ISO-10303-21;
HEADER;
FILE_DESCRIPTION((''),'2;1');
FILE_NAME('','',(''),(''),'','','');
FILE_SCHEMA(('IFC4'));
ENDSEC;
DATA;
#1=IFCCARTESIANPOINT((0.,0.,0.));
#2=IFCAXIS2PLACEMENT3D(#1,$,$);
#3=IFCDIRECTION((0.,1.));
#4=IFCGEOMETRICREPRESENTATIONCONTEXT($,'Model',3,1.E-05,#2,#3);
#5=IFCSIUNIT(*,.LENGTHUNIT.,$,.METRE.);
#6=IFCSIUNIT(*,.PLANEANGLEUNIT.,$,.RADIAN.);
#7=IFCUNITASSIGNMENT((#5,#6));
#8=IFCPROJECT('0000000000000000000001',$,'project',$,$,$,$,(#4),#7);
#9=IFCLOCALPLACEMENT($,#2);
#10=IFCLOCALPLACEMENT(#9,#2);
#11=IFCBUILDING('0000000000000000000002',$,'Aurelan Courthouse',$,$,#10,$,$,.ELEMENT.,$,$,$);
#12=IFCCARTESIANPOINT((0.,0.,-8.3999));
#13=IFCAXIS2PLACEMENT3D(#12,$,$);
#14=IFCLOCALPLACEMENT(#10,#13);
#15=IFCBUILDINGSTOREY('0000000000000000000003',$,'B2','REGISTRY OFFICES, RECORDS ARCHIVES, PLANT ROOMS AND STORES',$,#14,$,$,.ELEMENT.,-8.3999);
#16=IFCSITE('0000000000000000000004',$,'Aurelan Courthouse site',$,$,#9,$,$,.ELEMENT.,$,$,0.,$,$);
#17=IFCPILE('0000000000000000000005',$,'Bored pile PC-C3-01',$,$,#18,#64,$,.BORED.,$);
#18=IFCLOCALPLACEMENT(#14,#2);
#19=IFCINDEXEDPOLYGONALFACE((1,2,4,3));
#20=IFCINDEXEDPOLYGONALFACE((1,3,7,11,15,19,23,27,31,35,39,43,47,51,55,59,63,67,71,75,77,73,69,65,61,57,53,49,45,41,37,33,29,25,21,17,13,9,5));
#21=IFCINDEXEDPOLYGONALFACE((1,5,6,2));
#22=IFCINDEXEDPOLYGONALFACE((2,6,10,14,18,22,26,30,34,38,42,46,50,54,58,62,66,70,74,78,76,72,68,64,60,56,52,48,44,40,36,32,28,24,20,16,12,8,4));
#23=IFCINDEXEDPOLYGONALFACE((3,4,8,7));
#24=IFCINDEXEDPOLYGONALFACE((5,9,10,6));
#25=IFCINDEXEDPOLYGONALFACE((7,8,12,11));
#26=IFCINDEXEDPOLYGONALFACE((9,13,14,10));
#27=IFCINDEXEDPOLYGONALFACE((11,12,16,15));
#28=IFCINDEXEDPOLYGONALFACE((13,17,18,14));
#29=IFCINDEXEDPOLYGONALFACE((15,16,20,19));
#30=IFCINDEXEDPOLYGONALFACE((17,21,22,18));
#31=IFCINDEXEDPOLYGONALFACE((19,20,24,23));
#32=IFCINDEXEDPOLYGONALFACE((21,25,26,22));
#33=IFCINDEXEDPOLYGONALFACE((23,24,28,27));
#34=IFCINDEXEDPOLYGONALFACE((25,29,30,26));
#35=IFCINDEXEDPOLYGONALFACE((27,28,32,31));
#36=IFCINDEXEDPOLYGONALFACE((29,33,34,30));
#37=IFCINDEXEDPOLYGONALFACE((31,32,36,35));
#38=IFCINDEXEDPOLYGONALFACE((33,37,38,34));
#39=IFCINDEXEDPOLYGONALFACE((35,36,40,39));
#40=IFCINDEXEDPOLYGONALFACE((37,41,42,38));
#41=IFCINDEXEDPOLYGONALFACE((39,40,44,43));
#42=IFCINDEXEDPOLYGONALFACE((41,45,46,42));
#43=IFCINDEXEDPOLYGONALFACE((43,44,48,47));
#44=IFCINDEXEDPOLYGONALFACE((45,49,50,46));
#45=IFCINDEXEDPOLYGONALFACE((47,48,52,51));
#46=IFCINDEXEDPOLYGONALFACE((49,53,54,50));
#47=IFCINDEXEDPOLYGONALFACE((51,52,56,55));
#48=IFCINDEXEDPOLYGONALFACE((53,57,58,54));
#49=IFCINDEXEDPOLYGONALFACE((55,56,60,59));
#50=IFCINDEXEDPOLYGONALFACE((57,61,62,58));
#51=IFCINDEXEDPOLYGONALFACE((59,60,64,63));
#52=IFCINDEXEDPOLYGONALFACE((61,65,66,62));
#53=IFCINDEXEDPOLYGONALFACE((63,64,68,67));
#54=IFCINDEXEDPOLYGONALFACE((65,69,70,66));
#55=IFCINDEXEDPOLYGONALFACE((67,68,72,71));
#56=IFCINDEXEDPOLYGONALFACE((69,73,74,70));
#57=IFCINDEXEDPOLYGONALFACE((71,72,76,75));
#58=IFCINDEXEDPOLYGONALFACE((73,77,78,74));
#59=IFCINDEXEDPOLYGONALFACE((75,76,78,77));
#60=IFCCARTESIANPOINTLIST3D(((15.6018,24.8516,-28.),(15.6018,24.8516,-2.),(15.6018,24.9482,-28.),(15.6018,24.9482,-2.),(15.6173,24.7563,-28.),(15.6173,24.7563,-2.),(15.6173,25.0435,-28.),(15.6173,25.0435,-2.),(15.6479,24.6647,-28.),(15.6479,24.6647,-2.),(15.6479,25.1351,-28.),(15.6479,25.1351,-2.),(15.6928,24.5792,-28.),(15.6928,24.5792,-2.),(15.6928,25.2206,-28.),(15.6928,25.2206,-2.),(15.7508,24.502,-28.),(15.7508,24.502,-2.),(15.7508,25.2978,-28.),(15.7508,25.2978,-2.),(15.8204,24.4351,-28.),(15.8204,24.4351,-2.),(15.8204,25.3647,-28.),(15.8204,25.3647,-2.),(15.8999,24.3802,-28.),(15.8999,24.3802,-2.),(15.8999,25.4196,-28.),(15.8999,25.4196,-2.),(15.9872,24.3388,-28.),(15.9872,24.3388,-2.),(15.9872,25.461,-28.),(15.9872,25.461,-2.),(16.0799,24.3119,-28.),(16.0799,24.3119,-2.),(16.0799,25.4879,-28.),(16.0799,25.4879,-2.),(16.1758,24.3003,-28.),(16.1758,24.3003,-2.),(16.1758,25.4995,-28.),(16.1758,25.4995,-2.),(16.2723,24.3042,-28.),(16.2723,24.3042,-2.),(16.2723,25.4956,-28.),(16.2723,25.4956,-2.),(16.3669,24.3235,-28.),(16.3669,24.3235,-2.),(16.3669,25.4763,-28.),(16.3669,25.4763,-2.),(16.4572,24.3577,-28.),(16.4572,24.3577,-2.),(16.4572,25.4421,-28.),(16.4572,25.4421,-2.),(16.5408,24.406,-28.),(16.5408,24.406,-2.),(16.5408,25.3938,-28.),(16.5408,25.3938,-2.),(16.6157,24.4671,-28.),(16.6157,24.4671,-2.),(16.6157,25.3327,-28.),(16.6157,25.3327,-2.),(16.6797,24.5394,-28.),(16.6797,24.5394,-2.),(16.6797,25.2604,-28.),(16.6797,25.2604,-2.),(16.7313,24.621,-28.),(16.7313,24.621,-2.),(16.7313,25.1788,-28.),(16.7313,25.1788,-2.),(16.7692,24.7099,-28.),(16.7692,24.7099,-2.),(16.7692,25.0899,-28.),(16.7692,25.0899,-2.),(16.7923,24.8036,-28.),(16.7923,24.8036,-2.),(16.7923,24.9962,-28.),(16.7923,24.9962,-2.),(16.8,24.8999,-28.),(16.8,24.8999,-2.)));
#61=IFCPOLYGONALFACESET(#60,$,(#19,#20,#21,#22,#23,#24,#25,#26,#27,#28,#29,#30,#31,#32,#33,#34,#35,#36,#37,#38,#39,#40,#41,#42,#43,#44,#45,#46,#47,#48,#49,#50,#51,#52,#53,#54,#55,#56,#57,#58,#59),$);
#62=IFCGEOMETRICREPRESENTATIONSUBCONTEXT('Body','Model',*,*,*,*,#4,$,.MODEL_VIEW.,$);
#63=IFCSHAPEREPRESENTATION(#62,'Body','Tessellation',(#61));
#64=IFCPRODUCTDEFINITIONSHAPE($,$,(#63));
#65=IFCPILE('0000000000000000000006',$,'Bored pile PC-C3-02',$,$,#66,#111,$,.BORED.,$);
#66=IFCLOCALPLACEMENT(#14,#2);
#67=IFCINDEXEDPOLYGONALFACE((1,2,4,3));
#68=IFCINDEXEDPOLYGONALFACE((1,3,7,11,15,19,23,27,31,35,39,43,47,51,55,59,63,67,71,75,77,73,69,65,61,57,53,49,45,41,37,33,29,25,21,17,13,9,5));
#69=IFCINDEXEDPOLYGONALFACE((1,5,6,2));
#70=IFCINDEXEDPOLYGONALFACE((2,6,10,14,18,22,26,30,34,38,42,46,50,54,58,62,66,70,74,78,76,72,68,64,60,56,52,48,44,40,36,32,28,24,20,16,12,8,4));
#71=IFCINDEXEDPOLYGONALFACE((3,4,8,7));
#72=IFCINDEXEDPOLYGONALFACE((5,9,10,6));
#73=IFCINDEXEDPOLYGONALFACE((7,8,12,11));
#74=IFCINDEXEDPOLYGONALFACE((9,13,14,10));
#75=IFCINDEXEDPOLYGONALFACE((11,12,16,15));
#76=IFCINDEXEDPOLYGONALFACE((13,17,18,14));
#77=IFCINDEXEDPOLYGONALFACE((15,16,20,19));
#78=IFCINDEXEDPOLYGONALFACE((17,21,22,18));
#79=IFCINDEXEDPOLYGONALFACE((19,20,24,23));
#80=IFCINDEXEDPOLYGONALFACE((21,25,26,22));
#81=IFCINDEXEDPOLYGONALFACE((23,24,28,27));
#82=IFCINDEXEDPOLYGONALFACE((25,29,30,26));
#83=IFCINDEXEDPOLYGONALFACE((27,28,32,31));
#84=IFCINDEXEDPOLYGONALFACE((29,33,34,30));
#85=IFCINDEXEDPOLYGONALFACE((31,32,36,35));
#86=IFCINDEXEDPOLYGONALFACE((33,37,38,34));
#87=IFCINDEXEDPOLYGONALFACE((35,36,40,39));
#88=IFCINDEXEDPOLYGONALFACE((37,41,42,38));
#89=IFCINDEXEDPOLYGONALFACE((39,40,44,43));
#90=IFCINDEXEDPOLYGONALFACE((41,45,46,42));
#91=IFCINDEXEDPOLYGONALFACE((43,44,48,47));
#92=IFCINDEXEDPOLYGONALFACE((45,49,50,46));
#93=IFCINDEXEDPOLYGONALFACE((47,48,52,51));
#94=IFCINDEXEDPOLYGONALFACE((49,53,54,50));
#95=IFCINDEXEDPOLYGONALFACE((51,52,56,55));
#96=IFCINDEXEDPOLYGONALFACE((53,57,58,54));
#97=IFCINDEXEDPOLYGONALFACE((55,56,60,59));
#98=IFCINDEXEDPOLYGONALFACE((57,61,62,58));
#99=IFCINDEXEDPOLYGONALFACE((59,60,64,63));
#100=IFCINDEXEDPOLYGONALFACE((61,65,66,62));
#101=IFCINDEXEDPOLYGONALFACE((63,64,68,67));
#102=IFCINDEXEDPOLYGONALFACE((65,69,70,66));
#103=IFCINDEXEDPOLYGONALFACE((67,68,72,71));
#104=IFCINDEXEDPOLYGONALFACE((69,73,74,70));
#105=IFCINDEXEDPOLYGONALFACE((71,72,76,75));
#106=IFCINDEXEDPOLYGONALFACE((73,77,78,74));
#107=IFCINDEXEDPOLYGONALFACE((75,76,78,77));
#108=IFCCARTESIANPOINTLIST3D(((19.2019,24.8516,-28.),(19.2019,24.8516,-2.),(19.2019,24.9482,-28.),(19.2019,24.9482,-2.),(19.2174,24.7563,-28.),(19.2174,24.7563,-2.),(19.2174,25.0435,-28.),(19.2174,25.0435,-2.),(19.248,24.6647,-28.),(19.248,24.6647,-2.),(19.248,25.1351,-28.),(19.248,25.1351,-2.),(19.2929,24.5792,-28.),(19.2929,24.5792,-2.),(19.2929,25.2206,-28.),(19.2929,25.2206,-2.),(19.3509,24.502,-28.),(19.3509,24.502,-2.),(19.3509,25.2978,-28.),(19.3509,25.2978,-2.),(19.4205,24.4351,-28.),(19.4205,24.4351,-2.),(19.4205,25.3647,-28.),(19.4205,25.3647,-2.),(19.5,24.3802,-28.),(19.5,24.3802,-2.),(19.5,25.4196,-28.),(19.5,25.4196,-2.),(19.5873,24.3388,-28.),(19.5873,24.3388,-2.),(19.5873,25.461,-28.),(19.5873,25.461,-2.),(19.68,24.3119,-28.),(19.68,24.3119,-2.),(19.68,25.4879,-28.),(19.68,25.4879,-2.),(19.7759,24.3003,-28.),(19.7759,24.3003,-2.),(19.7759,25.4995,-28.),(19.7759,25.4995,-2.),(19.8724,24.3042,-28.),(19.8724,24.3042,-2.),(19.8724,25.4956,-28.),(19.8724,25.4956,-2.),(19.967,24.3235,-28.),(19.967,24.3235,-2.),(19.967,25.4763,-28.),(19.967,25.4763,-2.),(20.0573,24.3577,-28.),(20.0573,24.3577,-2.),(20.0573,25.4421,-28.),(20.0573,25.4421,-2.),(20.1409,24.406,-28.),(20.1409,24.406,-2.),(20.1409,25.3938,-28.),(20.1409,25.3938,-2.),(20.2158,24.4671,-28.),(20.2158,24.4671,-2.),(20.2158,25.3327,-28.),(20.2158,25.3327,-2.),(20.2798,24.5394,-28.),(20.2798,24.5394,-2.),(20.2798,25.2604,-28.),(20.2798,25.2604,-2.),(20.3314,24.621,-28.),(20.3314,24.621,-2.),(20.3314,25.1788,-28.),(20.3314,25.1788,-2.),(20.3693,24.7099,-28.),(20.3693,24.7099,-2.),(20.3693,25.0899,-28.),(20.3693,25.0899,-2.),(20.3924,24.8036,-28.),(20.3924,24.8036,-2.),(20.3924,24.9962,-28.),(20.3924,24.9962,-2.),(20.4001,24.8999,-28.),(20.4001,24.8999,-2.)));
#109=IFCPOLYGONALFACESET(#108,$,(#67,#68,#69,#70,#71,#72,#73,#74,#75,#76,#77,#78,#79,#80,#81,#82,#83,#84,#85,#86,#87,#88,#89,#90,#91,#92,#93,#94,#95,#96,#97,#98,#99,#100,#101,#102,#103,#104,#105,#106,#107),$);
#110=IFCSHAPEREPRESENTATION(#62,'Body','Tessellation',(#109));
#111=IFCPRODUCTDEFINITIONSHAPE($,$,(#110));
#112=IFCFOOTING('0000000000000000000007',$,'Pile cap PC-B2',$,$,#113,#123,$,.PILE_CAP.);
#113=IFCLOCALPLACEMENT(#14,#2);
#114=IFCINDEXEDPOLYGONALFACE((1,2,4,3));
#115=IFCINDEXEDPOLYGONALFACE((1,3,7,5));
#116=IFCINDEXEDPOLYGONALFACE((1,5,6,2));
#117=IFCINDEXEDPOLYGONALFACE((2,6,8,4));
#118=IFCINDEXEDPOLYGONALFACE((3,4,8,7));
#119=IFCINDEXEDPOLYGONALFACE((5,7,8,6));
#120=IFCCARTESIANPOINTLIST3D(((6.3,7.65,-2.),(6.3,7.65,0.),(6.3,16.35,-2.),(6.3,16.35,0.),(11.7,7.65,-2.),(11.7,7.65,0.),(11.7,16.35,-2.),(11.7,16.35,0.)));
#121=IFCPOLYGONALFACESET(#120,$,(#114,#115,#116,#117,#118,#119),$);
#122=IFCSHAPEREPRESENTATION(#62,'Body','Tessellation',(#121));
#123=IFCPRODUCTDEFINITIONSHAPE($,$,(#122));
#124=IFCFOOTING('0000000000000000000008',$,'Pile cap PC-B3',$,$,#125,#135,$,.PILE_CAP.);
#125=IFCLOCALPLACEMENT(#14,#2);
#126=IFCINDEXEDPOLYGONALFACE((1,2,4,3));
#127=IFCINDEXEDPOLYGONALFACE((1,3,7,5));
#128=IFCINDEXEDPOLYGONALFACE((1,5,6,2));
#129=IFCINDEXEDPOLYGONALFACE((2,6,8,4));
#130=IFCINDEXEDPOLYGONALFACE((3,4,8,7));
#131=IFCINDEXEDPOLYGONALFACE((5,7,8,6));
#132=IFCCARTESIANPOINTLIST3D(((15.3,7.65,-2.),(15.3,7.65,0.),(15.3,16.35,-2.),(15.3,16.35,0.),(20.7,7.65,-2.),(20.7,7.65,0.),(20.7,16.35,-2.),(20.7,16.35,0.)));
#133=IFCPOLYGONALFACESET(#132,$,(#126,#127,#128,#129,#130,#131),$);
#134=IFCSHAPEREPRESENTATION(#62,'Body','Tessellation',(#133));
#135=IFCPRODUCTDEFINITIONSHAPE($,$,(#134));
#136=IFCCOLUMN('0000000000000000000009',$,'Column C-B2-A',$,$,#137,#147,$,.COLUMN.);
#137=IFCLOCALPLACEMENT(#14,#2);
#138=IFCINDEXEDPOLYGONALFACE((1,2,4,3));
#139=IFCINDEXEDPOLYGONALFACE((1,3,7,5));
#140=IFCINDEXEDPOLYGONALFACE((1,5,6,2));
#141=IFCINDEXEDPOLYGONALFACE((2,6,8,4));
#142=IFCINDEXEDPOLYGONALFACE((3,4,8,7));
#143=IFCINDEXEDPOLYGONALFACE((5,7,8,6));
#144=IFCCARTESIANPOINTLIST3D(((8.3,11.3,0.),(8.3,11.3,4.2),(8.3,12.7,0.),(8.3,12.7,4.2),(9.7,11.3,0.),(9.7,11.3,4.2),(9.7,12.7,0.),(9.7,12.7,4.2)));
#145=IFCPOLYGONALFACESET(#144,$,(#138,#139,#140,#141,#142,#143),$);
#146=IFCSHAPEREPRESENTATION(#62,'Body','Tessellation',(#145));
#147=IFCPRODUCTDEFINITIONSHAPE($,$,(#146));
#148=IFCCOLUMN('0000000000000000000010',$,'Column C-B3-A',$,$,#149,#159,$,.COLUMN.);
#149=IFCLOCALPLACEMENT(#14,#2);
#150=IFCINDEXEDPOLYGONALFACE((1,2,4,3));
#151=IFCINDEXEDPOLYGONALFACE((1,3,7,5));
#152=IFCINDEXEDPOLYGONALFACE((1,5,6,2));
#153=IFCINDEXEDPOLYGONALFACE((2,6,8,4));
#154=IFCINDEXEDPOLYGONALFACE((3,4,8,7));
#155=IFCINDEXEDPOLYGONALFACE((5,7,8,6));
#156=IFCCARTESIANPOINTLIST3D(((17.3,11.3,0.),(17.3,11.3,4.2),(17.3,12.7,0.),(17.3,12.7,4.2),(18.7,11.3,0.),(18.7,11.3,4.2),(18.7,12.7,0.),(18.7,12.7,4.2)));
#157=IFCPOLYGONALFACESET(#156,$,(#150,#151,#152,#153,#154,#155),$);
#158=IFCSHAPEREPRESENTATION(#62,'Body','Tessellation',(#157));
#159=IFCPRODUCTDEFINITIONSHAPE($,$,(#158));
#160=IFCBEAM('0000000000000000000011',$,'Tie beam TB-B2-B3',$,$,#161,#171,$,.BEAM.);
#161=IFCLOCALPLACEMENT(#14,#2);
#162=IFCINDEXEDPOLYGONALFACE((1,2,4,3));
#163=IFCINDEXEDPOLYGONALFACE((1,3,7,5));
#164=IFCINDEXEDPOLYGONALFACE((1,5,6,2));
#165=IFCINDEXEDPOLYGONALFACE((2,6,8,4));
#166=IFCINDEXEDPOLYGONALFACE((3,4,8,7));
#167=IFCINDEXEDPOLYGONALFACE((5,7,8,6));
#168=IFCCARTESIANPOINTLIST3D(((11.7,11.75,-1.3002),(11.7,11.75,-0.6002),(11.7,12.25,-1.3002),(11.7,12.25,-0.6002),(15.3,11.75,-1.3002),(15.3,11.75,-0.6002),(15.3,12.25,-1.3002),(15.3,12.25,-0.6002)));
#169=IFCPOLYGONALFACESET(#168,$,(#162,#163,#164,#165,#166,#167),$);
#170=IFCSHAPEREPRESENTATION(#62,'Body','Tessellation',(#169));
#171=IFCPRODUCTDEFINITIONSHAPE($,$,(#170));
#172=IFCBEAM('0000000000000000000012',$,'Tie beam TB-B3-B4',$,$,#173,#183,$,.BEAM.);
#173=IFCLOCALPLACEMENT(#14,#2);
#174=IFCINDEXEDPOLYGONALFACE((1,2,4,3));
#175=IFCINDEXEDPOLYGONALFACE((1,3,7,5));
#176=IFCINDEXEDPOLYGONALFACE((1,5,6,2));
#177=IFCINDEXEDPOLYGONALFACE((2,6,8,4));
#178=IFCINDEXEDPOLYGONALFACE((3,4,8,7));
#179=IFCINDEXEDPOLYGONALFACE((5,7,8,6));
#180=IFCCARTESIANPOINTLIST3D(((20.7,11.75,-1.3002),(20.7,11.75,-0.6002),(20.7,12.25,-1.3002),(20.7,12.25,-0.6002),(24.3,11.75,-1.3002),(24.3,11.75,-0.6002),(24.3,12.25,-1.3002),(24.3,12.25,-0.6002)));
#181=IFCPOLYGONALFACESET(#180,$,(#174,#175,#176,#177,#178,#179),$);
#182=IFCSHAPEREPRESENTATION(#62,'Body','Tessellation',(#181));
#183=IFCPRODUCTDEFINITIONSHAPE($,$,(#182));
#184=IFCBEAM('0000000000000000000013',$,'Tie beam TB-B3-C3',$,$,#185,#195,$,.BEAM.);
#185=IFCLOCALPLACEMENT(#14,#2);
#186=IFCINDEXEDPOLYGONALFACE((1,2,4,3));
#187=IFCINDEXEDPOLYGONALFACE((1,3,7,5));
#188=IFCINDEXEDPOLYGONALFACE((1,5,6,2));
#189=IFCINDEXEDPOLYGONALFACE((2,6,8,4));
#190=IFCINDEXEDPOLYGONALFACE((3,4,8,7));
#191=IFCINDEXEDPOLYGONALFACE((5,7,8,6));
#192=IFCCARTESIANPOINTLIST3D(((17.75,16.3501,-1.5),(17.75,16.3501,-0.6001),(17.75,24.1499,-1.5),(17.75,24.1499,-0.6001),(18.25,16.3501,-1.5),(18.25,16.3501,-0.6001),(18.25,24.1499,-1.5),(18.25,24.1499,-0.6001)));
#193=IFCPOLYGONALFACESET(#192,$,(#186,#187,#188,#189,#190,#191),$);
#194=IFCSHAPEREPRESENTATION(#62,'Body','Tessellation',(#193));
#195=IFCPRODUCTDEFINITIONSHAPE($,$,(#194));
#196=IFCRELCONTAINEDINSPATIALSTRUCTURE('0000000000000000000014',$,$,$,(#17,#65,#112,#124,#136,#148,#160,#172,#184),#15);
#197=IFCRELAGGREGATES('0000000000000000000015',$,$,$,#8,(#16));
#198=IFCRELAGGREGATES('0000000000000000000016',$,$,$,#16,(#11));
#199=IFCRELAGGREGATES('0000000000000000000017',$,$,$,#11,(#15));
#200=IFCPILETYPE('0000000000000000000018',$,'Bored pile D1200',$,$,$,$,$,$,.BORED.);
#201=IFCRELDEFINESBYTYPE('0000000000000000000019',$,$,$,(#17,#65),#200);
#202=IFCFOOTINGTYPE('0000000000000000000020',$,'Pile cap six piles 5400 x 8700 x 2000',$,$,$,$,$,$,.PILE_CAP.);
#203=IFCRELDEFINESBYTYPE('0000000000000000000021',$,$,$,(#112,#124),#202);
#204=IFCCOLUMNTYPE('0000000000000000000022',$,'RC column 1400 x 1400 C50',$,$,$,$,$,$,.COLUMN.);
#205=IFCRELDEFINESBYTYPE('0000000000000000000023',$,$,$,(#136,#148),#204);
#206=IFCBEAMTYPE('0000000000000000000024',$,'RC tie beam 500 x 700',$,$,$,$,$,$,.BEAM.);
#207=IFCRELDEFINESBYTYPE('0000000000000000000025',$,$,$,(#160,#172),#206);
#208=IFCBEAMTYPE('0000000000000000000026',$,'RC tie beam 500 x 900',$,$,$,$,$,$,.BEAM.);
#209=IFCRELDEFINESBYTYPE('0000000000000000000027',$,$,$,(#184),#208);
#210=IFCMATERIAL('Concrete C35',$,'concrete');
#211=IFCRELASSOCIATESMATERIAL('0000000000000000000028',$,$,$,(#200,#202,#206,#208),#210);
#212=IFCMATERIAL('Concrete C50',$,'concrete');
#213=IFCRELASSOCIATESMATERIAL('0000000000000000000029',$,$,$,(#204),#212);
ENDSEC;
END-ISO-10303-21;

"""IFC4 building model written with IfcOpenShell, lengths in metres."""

from ifc_helpers import new_model, si_unit, direction, frame, origin, origin_2d, place, context, subcontext, project, spatial, rectangle, circle, extrude, material, material_profile, profile_set, type_object, element, save


model = new_model("IFC4")

# Units and contexts
model_context = context("Model", 3, precision=1e-05, world=origin(), true_north=direction((0.0, 1.0)))
body_context = subcontext(model_context, "Body", "Model", "MODEL_VIEW")
ifc_project = project(units=[si_unit("LENGTHUNIT", "METRE"), si_unit("PLANEANGLEUNIT", "RADIAN")], contexts=[model_context])

# Site, building, storey
site_placement = place(None, origin())
site = spatial("IfcSite", under=ifc_project, at=site_placement, Name="Aurelan Courthouse site", CompositionType="ELEMENT", RefElevation=0.0)
building_placement = place(site_placement, origin())
building = spatial("IfcBuilding", under=site, at=building_placement, Name="Aurelan Courthouse", CompositionType="ELEMENT")
storey_placement = place(building_placement, frame((0.0, 0.0, -8.3999)))
storey = spatial("IfcBuildingStorey", under=building, at=storey_placement, Name="B2", Description="REGISTRY OFFICES, RECORDS ARCHIVES, PLANT ROOMS AND STORES", CompositionType="ELEMENT", Elevation=-8.3999)

# Piles
ifc_material_1 = material(Name="Concrete C35", Category="concrete")
ifc_material_profile_1 = material_profile(ifc_material_1, circle(Radius=0.6001, at=origin_2d()), Name="D1200")
ifc_profile_set_1 = profile_set([ifc_material_profile_1], Name="Concrete C35")
pile_type = type_object("IfcPileType", Name="Bored pile D1200", PredefinedType="BORED", material=ifc_profile_set_1)
for number, where, z_axis, x_axis, name in (
    (1, (16.2, 24.8999, -2.0), (0.0, 0.0, -1.0), (1.0, 0.0, 0.0), "Bored pile PC-C3-01"),
    (2, (19.8, 24.8999, -2.0), (0.0, 0.0, -1.0), (1.0, 0.0, 0.0), "Bored pile PC-C3-02"),
):
    element("IfcPile", number, at=place(storey_placement, frame(where, z_axis=z_axis, x_axis=x_axis)), inside=storey, type_object=pile_type, Name=name, PredefinedType="BORED", context=body_context, shape_type="SweptSolid", body=[
        extrude(circle(Radius=0.6001, at=origin_2d()), origin(), (0.0, 0.0, 1.0), 26.0),
    ])

# Footings
footing_type = type_object("IfcFootingType", Name="Pile cap six piles 5400 x 8700 x 2000", PredefinedType="PILE_CAP", material=ifc_material_1)
for number, where, z_axis, x_axis, name in (
    (3, (9.0, 12.0, -2.0), (0.0, 0.0, 1.0), (1.0, 0.0, 0.0), "Pile cap PC-B2"),
    (4, (18.0, 12.0, -2.0), (0.0, 0.0, 1.0), (1.0, 0.0, 0.0), "Pile cap PC-B3"),
):
    element("IfcFooting", number, at=place(storey_placement, frame(where, z_axis=z_axis, x_axis=x_axis)), inside=storey, type_object=footing_type, Name=name, PredefinedType="PILE_CAP", context=body_context, shape_type="SweptSolid", body=[
        extrude(rectangle(XDim=5.3999, YDim=8.7, at=origin_2d()), origin(), (0.0, 0.0, 1.0), 2.0),
    ])

# Columns
ifc_material_2 = material(Name="Concrete C50", Category="concrete")
ifc_material_profile_2 = material_profile(ifc_material_2, rectangle(XDim=1.3999, YDim=1.3999, at=origin_2d()), Name="RC 1400 x 1400")
ifc_profile_set_2 = profile_set([ifc_material_profile_2], Name="Concrete C50")
column_type = type_object("IfcColumnType", Name="RC column 1400 x 1400 C50", PredefinedType="COLUMN", material=ifc_profile_set_2)
for number, where, z_axis, x_axis, name in (
    (5, (9.0, 12.0, 0.0), (0.0, 0.0, 1.0), (1.0, 0.0, 0.0), "Column C-B2-A"),
    (6, (18.0, 12.0, 0.0), (0.0, 0.0, 1.0), (1.0, 0.0, 0.0), "Column C-B3-A"),
):
    element("IfcColumn", number, at=place(storey_placement, frame(where, z_axis=z_axis, x_axis=x_axis)), inside=storey, type_object=column_type, Name=name, PredefinedType="COLUMN", context=body_context, shape_type="SweptSolid", body=[
        extrude(rectangle(XDim=1.3999, YDim=1.3999, at=origin_2d()), origin(), (0.0, 0.0, 1.0), 4.2),
    ])

# Beams
ifc_material_profile_3 = material_profile(ifc_material_1, rectangle(XDim=0.5, YDim=0.7, at=origin_2d()), Name="RC 500 x 700")
ifc_profile_set_3 = profile_set([ifc_material_profile_3], Name="Concrete C35")
beam_type_1 = type_object("IfcBeamType", Name="RC tie beam 500 x 700", PredefinedType="BEAM", material=ifc_profile_set_3)
for number, where, z_axis, x_axis, name in (
    (7, (11.7, 12.0, -0.9502), (1.0, 0.0, 0.0), (0.0, 1.0, 0.0), "Tie beam TB-B2-B3"),
    (8, (20.7, 12.0, -0.9502), (1.0, 0.0, 0.0), (0.0, 1.0, 0.0), "Tie beam TB-B3-B4"),
):
    element("IfcBeam", number, at=place(storey_placement, frame(where, z_axis=z_axis, x_axis=x_axis)), inside=storey, type_object=beam_type_1, Name=name, PredefinedType="BEAM", context=body_context, shape_type="SweptSolid", body=[
        extrude(rectangle(XDim=0.5, YDim=0.7, at=origin_2d()), origin(), (0.0, 0.0, 1.0), 3.6001),
    ])
ifc_material_profile_4 = material_profile(ifc_material_1, rectangle(XDim=0.5, YDim=0.8999, at=origin_2d()), Name="RC 500 x 900")
ifc_profile_set_4 = profile_set([ifc_material_profile_4], Name="Concrete C35")
beam_type_2 = type_object("IfcBeamType", Name="RC tie beam 500 x 900", PredefinedType="BEAM", material=ifc_profile_set_4)
beam_1_placement = place(storey_placement, frame((18.0, 16.3501, -1.05), z_axis=(0.0, 1.0, 0.0), x_axis=(-1.0, 0.0, 0.0)))
element("IfcBeam", 9, at=beam_1_placement, inside=storey, type_object=beam_type_2, Name="Tie beam TB-B3-C3", PredefinedType="BEAM", context=body_context, shape_type="SweptSolid", body=[
    extrude(rectangle(XDim=0.5, YDim=0.8999, at=origin_2d()), origin(), (0.0, 0.0, 1.0), 7.7998),
])

save(model, "model.ifc")
